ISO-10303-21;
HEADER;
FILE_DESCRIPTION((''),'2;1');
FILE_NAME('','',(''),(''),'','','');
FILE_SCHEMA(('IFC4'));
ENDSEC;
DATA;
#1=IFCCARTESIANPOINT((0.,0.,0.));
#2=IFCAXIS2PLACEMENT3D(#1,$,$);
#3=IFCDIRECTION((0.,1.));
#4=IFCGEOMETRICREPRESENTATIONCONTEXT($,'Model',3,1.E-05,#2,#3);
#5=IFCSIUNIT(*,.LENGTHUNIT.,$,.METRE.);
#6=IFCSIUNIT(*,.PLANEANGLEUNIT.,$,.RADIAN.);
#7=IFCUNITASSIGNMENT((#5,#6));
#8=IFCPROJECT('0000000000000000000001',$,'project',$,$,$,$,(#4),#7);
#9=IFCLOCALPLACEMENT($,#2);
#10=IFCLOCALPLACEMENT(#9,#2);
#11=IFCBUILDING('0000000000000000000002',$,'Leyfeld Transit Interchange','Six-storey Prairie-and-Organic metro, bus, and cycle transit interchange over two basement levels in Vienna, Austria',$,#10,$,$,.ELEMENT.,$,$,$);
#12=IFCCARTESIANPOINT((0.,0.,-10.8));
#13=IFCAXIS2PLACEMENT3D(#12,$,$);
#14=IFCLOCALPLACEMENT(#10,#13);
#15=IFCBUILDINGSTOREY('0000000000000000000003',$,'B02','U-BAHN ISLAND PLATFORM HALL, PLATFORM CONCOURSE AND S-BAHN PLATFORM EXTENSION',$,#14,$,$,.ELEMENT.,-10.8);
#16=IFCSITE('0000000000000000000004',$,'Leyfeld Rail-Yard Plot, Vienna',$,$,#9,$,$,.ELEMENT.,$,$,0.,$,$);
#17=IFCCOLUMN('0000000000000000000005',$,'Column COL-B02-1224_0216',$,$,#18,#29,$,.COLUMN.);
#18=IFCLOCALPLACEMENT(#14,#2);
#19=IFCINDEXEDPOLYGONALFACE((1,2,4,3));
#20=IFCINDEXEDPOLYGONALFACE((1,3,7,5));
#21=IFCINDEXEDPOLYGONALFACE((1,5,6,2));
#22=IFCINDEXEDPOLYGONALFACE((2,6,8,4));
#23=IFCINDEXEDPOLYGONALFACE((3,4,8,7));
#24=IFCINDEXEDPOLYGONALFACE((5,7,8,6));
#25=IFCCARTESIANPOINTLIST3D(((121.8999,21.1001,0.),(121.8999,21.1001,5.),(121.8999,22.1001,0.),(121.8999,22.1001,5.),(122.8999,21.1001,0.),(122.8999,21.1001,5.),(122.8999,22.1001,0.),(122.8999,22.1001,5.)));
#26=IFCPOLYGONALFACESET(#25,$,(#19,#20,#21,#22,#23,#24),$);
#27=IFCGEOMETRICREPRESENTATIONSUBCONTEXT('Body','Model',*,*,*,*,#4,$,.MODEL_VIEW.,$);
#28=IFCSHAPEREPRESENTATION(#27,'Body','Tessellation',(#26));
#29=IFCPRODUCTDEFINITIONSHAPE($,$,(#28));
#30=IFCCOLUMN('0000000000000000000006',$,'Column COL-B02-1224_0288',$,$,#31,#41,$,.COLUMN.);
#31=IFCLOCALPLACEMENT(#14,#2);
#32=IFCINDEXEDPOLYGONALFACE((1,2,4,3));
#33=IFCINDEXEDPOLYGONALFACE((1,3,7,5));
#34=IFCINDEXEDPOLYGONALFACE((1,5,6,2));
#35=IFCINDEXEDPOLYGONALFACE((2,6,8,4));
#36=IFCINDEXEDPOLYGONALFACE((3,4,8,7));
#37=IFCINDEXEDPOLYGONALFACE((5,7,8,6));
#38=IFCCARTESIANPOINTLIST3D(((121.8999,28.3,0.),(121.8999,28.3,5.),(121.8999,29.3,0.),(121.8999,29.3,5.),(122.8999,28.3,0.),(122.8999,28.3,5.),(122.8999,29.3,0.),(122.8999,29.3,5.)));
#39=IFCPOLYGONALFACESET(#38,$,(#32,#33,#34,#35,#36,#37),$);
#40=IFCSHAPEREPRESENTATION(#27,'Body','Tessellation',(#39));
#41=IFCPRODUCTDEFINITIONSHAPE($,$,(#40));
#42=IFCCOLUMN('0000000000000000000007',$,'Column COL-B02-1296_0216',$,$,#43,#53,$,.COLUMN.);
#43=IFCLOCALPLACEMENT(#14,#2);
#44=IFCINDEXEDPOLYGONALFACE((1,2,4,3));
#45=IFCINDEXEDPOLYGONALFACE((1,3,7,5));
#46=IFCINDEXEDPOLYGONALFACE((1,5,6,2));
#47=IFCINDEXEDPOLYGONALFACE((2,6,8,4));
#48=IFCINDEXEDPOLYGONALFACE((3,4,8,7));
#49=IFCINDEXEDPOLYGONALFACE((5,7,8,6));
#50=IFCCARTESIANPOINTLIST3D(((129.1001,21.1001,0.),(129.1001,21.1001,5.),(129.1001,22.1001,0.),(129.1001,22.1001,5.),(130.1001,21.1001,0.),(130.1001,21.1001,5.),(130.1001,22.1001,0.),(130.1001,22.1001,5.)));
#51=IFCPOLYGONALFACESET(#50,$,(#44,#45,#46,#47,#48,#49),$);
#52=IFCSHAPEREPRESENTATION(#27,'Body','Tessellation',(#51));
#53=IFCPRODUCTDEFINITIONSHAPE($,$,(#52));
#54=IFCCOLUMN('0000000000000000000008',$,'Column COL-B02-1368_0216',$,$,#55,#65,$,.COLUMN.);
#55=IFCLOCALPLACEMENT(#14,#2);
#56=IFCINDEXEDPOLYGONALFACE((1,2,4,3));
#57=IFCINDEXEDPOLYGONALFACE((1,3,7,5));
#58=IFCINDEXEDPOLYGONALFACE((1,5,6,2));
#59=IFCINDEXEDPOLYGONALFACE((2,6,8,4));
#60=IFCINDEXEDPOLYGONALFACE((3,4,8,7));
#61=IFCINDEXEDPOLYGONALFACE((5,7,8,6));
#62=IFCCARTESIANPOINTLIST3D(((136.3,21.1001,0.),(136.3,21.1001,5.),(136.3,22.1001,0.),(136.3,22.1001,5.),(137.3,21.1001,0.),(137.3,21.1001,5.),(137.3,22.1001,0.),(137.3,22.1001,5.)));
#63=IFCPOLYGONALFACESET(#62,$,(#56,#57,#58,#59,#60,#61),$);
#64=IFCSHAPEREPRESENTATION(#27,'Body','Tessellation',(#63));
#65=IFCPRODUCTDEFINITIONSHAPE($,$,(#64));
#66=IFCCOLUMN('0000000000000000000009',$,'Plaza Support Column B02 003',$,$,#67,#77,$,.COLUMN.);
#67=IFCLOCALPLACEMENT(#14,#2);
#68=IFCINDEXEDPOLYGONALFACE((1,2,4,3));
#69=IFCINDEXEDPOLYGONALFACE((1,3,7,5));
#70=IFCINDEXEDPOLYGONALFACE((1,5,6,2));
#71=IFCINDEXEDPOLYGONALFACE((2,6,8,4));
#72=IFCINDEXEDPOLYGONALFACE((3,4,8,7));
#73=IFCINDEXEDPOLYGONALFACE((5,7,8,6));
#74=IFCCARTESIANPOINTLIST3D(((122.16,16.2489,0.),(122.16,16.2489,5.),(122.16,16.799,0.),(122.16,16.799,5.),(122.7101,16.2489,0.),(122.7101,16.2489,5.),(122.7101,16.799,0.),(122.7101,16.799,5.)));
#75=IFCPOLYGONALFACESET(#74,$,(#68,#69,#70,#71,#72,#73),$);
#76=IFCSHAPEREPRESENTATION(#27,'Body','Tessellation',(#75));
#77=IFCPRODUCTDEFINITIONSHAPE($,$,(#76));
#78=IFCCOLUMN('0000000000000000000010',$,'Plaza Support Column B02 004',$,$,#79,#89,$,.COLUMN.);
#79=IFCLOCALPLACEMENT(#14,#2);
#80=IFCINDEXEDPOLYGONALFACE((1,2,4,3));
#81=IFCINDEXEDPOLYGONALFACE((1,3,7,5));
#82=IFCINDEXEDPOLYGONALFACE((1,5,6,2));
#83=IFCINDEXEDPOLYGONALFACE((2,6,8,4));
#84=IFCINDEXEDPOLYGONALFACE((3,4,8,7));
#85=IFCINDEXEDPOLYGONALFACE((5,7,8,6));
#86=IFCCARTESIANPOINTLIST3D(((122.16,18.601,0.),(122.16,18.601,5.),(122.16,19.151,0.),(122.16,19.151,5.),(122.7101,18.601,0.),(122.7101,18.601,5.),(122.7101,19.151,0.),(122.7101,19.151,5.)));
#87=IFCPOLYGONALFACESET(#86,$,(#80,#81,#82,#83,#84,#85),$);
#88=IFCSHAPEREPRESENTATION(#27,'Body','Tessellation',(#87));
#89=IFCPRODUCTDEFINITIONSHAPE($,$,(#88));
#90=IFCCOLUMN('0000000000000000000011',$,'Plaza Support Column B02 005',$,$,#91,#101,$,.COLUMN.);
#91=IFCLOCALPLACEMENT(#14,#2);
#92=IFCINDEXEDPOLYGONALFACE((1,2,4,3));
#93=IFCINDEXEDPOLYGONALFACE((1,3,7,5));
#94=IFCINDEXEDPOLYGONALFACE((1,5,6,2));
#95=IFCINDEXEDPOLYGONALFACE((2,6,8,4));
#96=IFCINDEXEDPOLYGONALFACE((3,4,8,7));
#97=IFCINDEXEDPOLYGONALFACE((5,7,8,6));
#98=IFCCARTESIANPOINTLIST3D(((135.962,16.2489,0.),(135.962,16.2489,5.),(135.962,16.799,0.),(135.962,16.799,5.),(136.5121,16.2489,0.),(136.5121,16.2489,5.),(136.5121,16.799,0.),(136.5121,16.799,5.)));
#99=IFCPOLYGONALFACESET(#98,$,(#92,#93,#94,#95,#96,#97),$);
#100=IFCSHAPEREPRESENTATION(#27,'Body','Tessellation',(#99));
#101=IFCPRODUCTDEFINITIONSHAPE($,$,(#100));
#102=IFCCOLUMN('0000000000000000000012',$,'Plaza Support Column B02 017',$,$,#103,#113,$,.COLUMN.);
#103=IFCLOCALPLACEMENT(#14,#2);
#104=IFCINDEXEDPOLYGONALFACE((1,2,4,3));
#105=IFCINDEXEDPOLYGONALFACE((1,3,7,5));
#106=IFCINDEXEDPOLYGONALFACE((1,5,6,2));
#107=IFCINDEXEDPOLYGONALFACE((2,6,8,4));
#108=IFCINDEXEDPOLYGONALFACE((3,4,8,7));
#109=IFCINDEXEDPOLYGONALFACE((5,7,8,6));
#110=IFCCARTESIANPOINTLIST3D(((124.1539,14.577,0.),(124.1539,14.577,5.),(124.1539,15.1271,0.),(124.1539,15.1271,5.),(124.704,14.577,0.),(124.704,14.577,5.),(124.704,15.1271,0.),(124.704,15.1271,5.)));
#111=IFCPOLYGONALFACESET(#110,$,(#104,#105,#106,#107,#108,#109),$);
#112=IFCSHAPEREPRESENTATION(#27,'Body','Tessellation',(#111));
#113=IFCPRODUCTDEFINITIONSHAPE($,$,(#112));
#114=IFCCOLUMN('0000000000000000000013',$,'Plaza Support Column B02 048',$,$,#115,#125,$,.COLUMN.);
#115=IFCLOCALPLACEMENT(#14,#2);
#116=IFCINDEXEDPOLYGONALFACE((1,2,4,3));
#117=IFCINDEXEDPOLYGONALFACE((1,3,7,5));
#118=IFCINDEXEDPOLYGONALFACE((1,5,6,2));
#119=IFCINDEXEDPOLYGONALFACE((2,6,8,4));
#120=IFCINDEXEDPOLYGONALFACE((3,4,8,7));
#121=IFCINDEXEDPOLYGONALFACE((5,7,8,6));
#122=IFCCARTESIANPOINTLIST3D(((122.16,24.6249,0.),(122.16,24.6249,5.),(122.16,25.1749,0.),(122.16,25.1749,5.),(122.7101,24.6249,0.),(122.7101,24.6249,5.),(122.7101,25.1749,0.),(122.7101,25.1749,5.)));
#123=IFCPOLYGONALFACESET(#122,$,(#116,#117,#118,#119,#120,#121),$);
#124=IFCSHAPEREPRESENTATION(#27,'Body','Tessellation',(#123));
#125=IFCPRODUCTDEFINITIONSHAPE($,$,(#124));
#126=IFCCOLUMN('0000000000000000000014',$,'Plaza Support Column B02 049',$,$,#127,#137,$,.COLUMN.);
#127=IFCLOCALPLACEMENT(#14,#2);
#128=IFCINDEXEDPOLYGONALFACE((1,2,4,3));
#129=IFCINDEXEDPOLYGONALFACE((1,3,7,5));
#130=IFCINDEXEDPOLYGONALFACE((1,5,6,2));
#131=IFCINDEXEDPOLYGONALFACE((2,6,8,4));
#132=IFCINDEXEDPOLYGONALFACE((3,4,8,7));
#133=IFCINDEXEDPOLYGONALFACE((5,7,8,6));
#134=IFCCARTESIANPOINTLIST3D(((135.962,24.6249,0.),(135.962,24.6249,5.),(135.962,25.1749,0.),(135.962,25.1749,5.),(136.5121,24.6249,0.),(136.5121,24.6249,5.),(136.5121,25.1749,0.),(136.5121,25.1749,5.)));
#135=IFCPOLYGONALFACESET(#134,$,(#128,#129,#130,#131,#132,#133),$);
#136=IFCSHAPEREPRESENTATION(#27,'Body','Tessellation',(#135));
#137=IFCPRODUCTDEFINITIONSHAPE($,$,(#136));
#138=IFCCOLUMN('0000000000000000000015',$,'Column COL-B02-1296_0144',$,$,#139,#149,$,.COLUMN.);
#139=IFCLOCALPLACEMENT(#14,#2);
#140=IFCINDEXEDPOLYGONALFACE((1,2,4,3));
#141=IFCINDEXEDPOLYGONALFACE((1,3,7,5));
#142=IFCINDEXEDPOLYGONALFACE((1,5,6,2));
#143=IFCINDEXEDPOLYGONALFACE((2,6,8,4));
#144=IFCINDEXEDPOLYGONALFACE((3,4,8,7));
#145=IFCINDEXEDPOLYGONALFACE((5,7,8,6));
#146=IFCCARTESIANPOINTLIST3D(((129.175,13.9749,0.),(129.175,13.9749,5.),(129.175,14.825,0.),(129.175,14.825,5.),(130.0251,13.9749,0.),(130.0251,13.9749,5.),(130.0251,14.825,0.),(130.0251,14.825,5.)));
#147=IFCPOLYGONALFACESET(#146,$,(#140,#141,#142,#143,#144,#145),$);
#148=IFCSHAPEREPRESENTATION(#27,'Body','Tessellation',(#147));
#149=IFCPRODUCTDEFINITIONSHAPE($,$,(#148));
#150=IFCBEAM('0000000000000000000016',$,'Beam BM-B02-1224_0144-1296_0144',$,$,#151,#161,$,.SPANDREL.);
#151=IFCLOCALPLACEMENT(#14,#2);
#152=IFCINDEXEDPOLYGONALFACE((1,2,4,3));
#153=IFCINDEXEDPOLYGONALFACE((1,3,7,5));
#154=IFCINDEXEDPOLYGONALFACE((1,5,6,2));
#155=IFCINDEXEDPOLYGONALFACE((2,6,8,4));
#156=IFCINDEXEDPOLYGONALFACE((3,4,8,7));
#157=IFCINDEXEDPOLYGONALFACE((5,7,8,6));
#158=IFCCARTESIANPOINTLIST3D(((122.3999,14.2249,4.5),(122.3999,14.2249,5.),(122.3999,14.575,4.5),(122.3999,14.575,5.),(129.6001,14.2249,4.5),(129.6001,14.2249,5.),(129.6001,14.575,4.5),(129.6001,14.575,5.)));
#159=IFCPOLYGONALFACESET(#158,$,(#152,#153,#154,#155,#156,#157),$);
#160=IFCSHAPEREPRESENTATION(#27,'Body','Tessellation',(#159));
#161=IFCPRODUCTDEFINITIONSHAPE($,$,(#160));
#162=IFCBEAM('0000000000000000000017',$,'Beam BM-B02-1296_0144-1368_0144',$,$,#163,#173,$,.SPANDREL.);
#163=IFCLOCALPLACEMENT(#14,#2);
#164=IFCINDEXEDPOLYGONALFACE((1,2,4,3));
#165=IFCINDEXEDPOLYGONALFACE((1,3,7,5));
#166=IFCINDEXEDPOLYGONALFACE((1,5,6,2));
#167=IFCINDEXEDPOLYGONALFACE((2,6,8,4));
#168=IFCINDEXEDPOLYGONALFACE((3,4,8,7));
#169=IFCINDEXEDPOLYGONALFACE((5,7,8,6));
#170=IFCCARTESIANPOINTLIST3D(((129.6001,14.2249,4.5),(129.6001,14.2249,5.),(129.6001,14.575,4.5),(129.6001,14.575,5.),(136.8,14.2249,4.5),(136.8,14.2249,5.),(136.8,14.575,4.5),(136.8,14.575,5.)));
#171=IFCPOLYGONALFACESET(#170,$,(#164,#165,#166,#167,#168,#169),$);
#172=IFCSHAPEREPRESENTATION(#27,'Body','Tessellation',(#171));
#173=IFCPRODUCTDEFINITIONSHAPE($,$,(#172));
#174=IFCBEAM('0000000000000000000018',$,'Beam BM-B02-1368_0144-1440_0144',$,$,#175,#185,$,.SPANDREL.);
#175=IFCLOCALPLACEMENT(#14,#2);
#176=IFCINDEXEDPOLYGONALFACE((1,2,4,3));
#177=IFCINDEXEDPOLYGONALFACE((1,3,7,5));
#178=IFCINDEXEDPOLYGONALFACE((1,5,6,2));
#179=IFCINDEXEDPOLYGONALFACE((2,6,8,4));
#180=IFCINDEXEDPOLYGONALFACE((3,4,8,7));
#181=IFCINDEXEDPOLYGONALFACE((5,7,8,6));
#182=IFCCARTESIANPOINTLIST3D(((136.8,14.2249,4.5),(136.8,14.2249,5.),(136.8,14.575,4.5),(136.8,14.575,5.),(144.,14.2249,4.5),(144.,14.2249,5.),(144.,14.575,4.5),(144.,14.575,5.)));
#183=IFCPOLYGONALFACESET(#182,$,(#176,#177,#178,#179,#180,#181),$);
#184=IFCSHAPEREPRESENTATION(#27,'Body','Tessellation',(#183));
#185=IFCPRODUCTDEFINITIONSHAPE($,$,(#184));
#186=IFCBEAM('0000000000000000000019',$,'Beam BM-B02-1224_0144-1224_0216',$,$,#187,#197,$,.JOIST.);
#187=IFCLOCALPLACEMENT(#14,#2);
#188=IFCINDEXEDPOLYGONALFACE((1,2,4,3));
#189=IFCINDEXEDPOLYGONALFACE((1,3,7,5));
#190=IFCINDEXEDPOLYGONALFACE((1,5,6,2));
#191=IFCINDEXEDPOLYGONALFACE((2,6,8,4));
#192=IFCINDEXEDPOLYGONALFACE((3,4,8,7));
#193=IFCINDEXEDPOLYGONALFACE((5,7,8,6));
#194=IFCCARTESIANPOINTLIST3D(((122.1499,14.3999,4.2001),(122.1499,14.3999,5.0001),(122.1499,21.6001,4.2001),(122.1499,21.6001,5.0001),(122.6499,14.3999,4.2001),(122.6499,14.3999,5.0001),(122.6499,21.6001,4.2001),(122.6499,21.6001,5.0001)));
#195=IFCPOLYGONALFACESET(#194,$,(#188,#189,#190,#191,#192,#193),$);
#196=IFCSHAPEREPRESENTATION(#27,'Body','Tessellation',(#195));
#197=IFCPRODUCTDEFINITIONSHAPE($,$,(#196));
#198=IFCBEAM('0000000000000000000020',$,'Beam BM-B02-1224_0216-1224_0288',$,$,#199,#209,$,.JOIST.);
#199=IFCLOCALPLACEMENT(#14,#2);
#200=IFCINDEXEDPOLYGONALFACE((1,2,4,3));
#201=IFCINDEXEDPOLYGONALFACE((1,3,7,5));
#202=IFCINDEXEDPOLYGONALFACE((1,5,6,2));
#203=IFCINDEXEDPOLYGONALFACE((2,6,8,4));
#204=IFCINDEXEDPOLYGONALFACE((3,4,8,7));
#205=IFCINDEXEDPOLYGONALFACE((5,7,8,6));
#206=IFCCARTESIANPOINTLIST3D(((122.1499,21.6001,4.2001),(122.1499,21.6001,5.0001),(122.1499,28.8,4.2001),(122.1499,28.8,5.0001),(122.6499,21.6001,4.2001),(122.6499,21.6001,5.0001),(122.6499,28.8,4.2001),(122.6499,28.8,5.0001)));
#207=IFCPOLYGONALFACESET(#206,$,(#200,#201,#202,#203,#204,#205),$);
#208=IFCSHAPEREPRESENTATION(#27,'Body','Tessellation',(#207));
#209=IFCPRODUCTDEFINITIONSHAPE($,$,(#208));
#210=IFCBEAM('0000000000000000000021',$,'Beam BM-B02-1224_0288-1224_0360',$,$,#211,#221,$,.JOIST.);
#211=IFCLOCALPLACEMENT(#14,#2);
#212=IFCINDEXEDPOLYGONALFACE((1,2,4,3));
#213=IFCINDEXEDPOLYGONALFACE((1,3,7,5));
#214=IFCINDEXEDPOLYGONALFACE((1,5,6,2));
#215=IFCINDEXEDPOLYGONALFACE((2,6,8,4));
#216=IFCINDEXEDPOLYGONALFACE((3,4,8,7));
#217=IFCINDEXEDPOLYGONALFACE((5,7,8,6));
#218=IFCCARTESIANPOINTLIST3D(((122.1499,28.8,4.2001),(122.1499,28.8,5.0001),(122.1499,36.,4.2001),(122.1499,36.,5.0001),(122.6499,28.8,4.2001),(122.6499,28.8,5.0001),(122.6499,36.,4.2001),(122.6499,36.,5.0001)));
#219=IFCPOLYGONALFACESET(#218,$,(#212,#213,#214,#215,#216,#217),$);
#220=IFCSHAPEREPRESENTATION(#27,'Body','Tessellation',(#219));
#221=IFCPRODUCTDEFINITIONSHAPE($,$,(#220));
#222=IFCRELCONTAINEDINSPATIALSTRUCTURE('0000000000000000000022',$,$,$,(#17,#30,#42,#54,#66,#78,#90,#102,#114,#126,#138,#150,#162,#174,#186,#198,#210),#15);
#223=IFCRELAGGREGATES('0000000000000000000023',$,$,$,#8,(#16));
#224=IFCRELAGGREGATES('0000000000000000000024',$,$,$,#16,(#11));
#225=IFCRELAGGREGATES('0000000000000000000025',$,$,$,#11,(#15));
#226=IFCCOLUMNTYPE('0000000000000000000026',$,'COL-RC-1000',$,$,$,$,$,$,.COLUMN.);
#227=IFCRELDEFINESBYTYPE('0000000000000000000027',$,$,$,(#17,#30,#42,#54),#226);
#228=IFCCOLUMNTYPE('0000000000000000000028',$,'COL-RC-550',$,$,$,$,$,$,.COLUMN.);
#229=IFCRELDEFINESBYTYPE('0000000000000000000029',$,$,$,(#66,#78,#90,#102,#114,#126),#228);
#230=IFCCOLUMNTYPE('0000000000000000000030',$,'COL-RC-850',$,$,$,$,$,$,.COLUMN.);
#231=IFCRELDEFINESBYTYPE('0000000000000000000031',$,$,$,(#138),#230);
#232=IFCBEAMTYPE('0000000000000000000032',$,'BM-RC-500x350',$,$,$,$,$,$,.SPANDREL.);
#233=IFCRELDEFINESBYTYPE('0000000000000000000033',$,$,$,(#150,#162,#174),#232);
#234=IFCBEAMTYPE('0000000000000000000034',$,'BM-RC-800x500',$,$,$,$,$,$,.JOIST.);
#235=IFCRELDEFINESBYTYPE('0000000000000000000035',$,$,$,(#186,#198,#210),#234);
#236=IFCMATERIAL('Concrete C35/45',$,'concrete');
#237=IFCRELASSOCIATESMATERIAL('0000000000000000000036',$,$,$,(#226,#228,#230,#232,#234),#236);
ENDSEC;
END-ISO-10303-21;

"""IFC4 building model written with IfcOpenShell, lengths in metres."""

from ifc_helpers import new_model, si_unit, direction, frame, origin, origin_2d, place, context, subcontext, project, spatial, rectangle, extrude, material, material_profile, profile_set, type_object, element, save


model = new_model("IFC4")

# Units and contexts
model_context = context("Model", 3, precision=1e-05, world=origin(), true_north=direction((0.0, 1.0)))
body_context = subcontext(model_context, "Body", "Model", "MODEL_VIEW")
ifc_project = project(units=[si_unit("LENGTHUNIT", "METRE"), si_unit("PLANEANGLEUNIT", "RADIAN")], contexts=[model_context])

# Site, building, storey
site_placement = place(None, origin())
site = spatial("IfcSite", under=ifc_project, at=site_placement, Name="Leyfeld Rail-Yard Plot, Vienna", CompositionType="ELEMENT", RefElevation=0.0)
building_placement = place(site_placement, origin())
building = spatial("IfcBuilding", under=site, at=building_placement, Name="Leyfeld Transit Interchange", Description="Six-storey Prairie-and-Organic metro, bus, and cycle transit interchange over two basement levels in Vienna, Austria", CompositionType="ELEMENT")
storey_placement = place(building_placement, frame((0.0, 0.0, -10.8)))
storey = spatial("IfcBuildingStorey", under=building, at=storey_placement, Name="B02", Description="U-BAHN ISLAND PLATFORM HALL, PLATFORM CONCOURSE AND S-BAHN PLATFORM EXTENSION", CompositionType="ELEMENT", Elevation=-10.8)

# Shared definitions
ifc_material = material(Name="Concrete C35/45", Category="concrete")

# Columns
ifc_material_profile_1 = material_profile(ifc_material, rectangle(XDim=1.0, YDim=1.0, at=origin_2d()), Name="RC 1000x1000")
ifc_profile_set_1 = profile_set([ifc_material_profile_1], Name="Concrete C35/45")
column_type_1 = type_object("IfcColumnType", Name="COL-RC-1000", PredefinedType="COLUMN", material=ifc_profile_set_1)
for number, where, z_axis, x_axis, name in (
    (1, (122.3999, 21.6001, 0.0), (0.0, 0.0, 1.0), (1.0, 0.0, 0.0), "Column COL-B02-1224_0216"),
    (2, (122.3999, 28.8, 0.0), (0.0, 0.0, 1.0), (1.0, 0.0, 0.0), "Column COL-B02-1224_0288"),
    (3, (129.6001, 21.6001, 0.0), (0.0, 0.0, 1.0), (1.0, 0.0, 0.0), "Column COL-B02-1296_0216"),
    (4, (136.8, 21.6001, 0.0), (0.0, 0.0, 1.0), (1.0, 0.0, 0.0), "Column COL-B02-1368_0216"),
):
    element("IfcColumn", number, at=place(storey_placement, frame(where, z_axis=z_axis, x_axis=x_axis)), inside=storey, type_object=column_type_1, Name=name, PredefinedType="COLUMN", context=body_context, shape_type="SweptSolid", body=[
        extrude(rectangle(XDim=1.0, YDim=1.0, at=origin_2d()), origin(), (0.0, 0.0, 1.0), 5.0),
    ])
ifc_material_profile_2 = material_profile(ifc_material, rectangle(XDim=0.55, YDim=0.55, at=origin_2d()), Name="RC 550x550")
ifc_profile_set_2 = profile_set([ifc_material_profile_2], Name="Concrete C35/45")
column_type_2 = type_object("IfcColumnType", Name="COL-RC-550", PredefinedType="COLUMN", material=ifc_profile_set_2)
for number, where, z_axis, x_axis, name in (
    (5, (122.4351, 16.5239, 0.0), (0.0, 0.0, 1.0), (1.0, 0.0, 0.0), "Plaza Support Column B02 003"),
    (6, (122.4351, 18.876, 0.0), (0.0, 0.0, 1.0), (1.0, 0.0, 0.0), "Plaza Support Column B02 004"),
    (7, (136.2371, 16.5239, 0.0), (0.0, 0.0, 1.0), (1.0, 0.0, 0.0), "Plaza Support Column B02 005"),
    (8, (124.429, 14.8521, 0.0), (0.0, 0.0, 1.0), (1.0, 0.0, 0.0), "Plaza Support Column B02 017"),
    (9, (122.4351, 24.8999, 0.0), (0.0, 0.0, 1.0), (1.0, 0.0, 0.0), "Plaza Support Column B02 048"),
    (10, (136.2371, 24.8999, 0.0), (0.0, 0.0, 1.0), (1.0, 0.0, 0.0), "Plaza Support Column B02 049"),
):
    element("IfcColumn", number, at=place(storey_placement, frame(where, z_axis=z_axis, x_axis=x_axis)), inside=storey, type_object=column_type_2, Name=name, PredefinedType="COLUMN", context=body_context, shape_type="SweptSolid", body=[
        extrude(rectangle(XDim=0.55, YDim=0.55, at=origin_2d()), origin(), (0.0, 0.0, 1.0), 5.0),
    ])
ifc_material_profile_3 = material_profile(ifc_material, rectangle(XDim=0.8501, YDim=0.8501, at=origin_2d()), Name="RC 850x850")
ifc_profile_set_3 = profile_set([ifc_material_profile_3], Name="Concrete C35/45")
column_type_3 = type_object("IfcColumnType", Name="COL-RC-850", PredefinedType="COLUMN", material=ifc_profile_set_3)
column_placement = place(storey_placement, frame((129.6001, 14.3999, 0.0), z_axis=(0.0, 0.0, 1.0), x_axis=(1.0, 0.0, 0.0)))
element("IfcColumn", 11, at=column_placement, inside=storey, type_object=column_type_3, Name="Column COL-B02-1296_0144", PredefinedType="COLUMN", context=body_context, shape_type="SweptSolid", body=[
    extrude(rectangle(XDim=0.8501, YDim=0.8501, at=origin_2d()), origin(), (0.0, 0.0, 1.0), 5.0),
])

# Beams
ifc_material_profile_4 = material_profile(ifc_material, rectangle(XDim=0.3501, YDim=0.5, at=origin_2d()), Name="RC 500x350")
ifc_profile_set_4 = profile_set([ifc_material_profile_4], Name="Concrete C35/45")
beam_type_1 = type_object("IfcBeamType", Name="BM-RC-500x350", PredefinedType="SPANDREL", material=ifc_profile_set_4)
beam_1_placement = place(storey_placement, frame((122.3999, 14.3999, 4.75), z_axis=(1.0, 0.0, 0.0), x_axis=(0.0, 1.0, 0.0)))
element("IfcBeam", 12, at=beam_1_placement, inside=storey, type_object=beam_type_1, Name="Beam BM-B02-1224_0144-1296_0144", PredefinedType="SPANDREL", context=body_context, shape_type="SweptSolid", body=[
    extrude(rectangle(XDim=0.3501, YDim=0.5, at=origin_2d()), origin(), (0.0, 0.0, 1.0), 7.2002),
])
for number, where, z_axis, x_axis, name in (
    (13, (129.6001, 14.3999, 4.75), (1.0, 0.0, 0.0), (0.0, 1.0, 0.0), "Beam BM-B02-1296_0144-1368_0144"),
    (14, (136.8, 14.3999, 4.75), (1.0, 0.0, 0.0), (0.0, 1.0, 0.0), "Beam BM-B02-1368_0144-1440_0144"),
):
    element("IfcBeam", number, at=place(storey_placement, frame(where, z_axis=z_axis, x_axis=x_axis)), inside=storey, type_object=beam_type_1, Name=name, PredefinedType="SPANDREL", context=body_context, shape_type="SweptSolid", body=[
        extrude(rectangle(XDim=0.3501, YDim=0.5, at=origin_2d()), origin(), (0.0, 0.0, 1.0), 7.2),
    ])
ifc_material_profile_5 = material_profile(ifc_material, rectangle(XDim=0.5, YDim=0.8, at=origin_2d()), Name="RC 800x500")
ifc_profile_set_5 = profile_set([ifc_material_profile_5], Name="Concrete C35/45")
beam_type_2 = type_object("IfcBeamType", Name="BM-RC-800x500", PredefinedType="JOIST", material=ifc_profile_set_5)
beam_2_placement = place(storey_placement, frame((122.3999, 14.3999, 4.6001), z_axis=(0.0, 1.0, 0.0), x_axis=(-1.0, 0.0, 0.0)))
element("IfcBeam", 15, at=beam_2_placement, inside=storey, type_object=beam_type_2, Name="Beam BM-B02-1224_0144-1224_0216", PredefinedType="JOIST", context=body_context, shape_type="SweptSolid", body=[
    extrude(rectangle(XDim=0.5, YDim=0.8, at=origin_2d()), origin(), (0.0, 0.0, 1.0), 7.2002),
])
for number, where, z_axis, x_axis, name in (
    (16, (122.3999, 21.6001, 4.6001), (0.0, 1.0, 0.0), (-1.0, 0.0, 0.0), "Beam BM-B02-1224_0216-1224_0288"),
    (17, (122.3999, 28.8, 4.6001), (0.0, 1.0, 0.0), (-1.0, 0.0, 0.0), "Beam BM-B02-1224_0288-1224_0360"),
):
    element("IfcBeam", number, at=place(storey_placement, frame(where, z_axis=z_axis, x_axis=x_axis)), inside=storey, type_object=beam_type_2, Name=name, PredefinedType="JOIST", context=body_context, shape_type="SweptSolid", body=[
        extrude(rectangle(XDim=0.5, YDim=0.8, at=origin_2d()), origin(), (0.0, 0.0, 1.0), 7.2),
    ])

save(model, "model.ifc")
